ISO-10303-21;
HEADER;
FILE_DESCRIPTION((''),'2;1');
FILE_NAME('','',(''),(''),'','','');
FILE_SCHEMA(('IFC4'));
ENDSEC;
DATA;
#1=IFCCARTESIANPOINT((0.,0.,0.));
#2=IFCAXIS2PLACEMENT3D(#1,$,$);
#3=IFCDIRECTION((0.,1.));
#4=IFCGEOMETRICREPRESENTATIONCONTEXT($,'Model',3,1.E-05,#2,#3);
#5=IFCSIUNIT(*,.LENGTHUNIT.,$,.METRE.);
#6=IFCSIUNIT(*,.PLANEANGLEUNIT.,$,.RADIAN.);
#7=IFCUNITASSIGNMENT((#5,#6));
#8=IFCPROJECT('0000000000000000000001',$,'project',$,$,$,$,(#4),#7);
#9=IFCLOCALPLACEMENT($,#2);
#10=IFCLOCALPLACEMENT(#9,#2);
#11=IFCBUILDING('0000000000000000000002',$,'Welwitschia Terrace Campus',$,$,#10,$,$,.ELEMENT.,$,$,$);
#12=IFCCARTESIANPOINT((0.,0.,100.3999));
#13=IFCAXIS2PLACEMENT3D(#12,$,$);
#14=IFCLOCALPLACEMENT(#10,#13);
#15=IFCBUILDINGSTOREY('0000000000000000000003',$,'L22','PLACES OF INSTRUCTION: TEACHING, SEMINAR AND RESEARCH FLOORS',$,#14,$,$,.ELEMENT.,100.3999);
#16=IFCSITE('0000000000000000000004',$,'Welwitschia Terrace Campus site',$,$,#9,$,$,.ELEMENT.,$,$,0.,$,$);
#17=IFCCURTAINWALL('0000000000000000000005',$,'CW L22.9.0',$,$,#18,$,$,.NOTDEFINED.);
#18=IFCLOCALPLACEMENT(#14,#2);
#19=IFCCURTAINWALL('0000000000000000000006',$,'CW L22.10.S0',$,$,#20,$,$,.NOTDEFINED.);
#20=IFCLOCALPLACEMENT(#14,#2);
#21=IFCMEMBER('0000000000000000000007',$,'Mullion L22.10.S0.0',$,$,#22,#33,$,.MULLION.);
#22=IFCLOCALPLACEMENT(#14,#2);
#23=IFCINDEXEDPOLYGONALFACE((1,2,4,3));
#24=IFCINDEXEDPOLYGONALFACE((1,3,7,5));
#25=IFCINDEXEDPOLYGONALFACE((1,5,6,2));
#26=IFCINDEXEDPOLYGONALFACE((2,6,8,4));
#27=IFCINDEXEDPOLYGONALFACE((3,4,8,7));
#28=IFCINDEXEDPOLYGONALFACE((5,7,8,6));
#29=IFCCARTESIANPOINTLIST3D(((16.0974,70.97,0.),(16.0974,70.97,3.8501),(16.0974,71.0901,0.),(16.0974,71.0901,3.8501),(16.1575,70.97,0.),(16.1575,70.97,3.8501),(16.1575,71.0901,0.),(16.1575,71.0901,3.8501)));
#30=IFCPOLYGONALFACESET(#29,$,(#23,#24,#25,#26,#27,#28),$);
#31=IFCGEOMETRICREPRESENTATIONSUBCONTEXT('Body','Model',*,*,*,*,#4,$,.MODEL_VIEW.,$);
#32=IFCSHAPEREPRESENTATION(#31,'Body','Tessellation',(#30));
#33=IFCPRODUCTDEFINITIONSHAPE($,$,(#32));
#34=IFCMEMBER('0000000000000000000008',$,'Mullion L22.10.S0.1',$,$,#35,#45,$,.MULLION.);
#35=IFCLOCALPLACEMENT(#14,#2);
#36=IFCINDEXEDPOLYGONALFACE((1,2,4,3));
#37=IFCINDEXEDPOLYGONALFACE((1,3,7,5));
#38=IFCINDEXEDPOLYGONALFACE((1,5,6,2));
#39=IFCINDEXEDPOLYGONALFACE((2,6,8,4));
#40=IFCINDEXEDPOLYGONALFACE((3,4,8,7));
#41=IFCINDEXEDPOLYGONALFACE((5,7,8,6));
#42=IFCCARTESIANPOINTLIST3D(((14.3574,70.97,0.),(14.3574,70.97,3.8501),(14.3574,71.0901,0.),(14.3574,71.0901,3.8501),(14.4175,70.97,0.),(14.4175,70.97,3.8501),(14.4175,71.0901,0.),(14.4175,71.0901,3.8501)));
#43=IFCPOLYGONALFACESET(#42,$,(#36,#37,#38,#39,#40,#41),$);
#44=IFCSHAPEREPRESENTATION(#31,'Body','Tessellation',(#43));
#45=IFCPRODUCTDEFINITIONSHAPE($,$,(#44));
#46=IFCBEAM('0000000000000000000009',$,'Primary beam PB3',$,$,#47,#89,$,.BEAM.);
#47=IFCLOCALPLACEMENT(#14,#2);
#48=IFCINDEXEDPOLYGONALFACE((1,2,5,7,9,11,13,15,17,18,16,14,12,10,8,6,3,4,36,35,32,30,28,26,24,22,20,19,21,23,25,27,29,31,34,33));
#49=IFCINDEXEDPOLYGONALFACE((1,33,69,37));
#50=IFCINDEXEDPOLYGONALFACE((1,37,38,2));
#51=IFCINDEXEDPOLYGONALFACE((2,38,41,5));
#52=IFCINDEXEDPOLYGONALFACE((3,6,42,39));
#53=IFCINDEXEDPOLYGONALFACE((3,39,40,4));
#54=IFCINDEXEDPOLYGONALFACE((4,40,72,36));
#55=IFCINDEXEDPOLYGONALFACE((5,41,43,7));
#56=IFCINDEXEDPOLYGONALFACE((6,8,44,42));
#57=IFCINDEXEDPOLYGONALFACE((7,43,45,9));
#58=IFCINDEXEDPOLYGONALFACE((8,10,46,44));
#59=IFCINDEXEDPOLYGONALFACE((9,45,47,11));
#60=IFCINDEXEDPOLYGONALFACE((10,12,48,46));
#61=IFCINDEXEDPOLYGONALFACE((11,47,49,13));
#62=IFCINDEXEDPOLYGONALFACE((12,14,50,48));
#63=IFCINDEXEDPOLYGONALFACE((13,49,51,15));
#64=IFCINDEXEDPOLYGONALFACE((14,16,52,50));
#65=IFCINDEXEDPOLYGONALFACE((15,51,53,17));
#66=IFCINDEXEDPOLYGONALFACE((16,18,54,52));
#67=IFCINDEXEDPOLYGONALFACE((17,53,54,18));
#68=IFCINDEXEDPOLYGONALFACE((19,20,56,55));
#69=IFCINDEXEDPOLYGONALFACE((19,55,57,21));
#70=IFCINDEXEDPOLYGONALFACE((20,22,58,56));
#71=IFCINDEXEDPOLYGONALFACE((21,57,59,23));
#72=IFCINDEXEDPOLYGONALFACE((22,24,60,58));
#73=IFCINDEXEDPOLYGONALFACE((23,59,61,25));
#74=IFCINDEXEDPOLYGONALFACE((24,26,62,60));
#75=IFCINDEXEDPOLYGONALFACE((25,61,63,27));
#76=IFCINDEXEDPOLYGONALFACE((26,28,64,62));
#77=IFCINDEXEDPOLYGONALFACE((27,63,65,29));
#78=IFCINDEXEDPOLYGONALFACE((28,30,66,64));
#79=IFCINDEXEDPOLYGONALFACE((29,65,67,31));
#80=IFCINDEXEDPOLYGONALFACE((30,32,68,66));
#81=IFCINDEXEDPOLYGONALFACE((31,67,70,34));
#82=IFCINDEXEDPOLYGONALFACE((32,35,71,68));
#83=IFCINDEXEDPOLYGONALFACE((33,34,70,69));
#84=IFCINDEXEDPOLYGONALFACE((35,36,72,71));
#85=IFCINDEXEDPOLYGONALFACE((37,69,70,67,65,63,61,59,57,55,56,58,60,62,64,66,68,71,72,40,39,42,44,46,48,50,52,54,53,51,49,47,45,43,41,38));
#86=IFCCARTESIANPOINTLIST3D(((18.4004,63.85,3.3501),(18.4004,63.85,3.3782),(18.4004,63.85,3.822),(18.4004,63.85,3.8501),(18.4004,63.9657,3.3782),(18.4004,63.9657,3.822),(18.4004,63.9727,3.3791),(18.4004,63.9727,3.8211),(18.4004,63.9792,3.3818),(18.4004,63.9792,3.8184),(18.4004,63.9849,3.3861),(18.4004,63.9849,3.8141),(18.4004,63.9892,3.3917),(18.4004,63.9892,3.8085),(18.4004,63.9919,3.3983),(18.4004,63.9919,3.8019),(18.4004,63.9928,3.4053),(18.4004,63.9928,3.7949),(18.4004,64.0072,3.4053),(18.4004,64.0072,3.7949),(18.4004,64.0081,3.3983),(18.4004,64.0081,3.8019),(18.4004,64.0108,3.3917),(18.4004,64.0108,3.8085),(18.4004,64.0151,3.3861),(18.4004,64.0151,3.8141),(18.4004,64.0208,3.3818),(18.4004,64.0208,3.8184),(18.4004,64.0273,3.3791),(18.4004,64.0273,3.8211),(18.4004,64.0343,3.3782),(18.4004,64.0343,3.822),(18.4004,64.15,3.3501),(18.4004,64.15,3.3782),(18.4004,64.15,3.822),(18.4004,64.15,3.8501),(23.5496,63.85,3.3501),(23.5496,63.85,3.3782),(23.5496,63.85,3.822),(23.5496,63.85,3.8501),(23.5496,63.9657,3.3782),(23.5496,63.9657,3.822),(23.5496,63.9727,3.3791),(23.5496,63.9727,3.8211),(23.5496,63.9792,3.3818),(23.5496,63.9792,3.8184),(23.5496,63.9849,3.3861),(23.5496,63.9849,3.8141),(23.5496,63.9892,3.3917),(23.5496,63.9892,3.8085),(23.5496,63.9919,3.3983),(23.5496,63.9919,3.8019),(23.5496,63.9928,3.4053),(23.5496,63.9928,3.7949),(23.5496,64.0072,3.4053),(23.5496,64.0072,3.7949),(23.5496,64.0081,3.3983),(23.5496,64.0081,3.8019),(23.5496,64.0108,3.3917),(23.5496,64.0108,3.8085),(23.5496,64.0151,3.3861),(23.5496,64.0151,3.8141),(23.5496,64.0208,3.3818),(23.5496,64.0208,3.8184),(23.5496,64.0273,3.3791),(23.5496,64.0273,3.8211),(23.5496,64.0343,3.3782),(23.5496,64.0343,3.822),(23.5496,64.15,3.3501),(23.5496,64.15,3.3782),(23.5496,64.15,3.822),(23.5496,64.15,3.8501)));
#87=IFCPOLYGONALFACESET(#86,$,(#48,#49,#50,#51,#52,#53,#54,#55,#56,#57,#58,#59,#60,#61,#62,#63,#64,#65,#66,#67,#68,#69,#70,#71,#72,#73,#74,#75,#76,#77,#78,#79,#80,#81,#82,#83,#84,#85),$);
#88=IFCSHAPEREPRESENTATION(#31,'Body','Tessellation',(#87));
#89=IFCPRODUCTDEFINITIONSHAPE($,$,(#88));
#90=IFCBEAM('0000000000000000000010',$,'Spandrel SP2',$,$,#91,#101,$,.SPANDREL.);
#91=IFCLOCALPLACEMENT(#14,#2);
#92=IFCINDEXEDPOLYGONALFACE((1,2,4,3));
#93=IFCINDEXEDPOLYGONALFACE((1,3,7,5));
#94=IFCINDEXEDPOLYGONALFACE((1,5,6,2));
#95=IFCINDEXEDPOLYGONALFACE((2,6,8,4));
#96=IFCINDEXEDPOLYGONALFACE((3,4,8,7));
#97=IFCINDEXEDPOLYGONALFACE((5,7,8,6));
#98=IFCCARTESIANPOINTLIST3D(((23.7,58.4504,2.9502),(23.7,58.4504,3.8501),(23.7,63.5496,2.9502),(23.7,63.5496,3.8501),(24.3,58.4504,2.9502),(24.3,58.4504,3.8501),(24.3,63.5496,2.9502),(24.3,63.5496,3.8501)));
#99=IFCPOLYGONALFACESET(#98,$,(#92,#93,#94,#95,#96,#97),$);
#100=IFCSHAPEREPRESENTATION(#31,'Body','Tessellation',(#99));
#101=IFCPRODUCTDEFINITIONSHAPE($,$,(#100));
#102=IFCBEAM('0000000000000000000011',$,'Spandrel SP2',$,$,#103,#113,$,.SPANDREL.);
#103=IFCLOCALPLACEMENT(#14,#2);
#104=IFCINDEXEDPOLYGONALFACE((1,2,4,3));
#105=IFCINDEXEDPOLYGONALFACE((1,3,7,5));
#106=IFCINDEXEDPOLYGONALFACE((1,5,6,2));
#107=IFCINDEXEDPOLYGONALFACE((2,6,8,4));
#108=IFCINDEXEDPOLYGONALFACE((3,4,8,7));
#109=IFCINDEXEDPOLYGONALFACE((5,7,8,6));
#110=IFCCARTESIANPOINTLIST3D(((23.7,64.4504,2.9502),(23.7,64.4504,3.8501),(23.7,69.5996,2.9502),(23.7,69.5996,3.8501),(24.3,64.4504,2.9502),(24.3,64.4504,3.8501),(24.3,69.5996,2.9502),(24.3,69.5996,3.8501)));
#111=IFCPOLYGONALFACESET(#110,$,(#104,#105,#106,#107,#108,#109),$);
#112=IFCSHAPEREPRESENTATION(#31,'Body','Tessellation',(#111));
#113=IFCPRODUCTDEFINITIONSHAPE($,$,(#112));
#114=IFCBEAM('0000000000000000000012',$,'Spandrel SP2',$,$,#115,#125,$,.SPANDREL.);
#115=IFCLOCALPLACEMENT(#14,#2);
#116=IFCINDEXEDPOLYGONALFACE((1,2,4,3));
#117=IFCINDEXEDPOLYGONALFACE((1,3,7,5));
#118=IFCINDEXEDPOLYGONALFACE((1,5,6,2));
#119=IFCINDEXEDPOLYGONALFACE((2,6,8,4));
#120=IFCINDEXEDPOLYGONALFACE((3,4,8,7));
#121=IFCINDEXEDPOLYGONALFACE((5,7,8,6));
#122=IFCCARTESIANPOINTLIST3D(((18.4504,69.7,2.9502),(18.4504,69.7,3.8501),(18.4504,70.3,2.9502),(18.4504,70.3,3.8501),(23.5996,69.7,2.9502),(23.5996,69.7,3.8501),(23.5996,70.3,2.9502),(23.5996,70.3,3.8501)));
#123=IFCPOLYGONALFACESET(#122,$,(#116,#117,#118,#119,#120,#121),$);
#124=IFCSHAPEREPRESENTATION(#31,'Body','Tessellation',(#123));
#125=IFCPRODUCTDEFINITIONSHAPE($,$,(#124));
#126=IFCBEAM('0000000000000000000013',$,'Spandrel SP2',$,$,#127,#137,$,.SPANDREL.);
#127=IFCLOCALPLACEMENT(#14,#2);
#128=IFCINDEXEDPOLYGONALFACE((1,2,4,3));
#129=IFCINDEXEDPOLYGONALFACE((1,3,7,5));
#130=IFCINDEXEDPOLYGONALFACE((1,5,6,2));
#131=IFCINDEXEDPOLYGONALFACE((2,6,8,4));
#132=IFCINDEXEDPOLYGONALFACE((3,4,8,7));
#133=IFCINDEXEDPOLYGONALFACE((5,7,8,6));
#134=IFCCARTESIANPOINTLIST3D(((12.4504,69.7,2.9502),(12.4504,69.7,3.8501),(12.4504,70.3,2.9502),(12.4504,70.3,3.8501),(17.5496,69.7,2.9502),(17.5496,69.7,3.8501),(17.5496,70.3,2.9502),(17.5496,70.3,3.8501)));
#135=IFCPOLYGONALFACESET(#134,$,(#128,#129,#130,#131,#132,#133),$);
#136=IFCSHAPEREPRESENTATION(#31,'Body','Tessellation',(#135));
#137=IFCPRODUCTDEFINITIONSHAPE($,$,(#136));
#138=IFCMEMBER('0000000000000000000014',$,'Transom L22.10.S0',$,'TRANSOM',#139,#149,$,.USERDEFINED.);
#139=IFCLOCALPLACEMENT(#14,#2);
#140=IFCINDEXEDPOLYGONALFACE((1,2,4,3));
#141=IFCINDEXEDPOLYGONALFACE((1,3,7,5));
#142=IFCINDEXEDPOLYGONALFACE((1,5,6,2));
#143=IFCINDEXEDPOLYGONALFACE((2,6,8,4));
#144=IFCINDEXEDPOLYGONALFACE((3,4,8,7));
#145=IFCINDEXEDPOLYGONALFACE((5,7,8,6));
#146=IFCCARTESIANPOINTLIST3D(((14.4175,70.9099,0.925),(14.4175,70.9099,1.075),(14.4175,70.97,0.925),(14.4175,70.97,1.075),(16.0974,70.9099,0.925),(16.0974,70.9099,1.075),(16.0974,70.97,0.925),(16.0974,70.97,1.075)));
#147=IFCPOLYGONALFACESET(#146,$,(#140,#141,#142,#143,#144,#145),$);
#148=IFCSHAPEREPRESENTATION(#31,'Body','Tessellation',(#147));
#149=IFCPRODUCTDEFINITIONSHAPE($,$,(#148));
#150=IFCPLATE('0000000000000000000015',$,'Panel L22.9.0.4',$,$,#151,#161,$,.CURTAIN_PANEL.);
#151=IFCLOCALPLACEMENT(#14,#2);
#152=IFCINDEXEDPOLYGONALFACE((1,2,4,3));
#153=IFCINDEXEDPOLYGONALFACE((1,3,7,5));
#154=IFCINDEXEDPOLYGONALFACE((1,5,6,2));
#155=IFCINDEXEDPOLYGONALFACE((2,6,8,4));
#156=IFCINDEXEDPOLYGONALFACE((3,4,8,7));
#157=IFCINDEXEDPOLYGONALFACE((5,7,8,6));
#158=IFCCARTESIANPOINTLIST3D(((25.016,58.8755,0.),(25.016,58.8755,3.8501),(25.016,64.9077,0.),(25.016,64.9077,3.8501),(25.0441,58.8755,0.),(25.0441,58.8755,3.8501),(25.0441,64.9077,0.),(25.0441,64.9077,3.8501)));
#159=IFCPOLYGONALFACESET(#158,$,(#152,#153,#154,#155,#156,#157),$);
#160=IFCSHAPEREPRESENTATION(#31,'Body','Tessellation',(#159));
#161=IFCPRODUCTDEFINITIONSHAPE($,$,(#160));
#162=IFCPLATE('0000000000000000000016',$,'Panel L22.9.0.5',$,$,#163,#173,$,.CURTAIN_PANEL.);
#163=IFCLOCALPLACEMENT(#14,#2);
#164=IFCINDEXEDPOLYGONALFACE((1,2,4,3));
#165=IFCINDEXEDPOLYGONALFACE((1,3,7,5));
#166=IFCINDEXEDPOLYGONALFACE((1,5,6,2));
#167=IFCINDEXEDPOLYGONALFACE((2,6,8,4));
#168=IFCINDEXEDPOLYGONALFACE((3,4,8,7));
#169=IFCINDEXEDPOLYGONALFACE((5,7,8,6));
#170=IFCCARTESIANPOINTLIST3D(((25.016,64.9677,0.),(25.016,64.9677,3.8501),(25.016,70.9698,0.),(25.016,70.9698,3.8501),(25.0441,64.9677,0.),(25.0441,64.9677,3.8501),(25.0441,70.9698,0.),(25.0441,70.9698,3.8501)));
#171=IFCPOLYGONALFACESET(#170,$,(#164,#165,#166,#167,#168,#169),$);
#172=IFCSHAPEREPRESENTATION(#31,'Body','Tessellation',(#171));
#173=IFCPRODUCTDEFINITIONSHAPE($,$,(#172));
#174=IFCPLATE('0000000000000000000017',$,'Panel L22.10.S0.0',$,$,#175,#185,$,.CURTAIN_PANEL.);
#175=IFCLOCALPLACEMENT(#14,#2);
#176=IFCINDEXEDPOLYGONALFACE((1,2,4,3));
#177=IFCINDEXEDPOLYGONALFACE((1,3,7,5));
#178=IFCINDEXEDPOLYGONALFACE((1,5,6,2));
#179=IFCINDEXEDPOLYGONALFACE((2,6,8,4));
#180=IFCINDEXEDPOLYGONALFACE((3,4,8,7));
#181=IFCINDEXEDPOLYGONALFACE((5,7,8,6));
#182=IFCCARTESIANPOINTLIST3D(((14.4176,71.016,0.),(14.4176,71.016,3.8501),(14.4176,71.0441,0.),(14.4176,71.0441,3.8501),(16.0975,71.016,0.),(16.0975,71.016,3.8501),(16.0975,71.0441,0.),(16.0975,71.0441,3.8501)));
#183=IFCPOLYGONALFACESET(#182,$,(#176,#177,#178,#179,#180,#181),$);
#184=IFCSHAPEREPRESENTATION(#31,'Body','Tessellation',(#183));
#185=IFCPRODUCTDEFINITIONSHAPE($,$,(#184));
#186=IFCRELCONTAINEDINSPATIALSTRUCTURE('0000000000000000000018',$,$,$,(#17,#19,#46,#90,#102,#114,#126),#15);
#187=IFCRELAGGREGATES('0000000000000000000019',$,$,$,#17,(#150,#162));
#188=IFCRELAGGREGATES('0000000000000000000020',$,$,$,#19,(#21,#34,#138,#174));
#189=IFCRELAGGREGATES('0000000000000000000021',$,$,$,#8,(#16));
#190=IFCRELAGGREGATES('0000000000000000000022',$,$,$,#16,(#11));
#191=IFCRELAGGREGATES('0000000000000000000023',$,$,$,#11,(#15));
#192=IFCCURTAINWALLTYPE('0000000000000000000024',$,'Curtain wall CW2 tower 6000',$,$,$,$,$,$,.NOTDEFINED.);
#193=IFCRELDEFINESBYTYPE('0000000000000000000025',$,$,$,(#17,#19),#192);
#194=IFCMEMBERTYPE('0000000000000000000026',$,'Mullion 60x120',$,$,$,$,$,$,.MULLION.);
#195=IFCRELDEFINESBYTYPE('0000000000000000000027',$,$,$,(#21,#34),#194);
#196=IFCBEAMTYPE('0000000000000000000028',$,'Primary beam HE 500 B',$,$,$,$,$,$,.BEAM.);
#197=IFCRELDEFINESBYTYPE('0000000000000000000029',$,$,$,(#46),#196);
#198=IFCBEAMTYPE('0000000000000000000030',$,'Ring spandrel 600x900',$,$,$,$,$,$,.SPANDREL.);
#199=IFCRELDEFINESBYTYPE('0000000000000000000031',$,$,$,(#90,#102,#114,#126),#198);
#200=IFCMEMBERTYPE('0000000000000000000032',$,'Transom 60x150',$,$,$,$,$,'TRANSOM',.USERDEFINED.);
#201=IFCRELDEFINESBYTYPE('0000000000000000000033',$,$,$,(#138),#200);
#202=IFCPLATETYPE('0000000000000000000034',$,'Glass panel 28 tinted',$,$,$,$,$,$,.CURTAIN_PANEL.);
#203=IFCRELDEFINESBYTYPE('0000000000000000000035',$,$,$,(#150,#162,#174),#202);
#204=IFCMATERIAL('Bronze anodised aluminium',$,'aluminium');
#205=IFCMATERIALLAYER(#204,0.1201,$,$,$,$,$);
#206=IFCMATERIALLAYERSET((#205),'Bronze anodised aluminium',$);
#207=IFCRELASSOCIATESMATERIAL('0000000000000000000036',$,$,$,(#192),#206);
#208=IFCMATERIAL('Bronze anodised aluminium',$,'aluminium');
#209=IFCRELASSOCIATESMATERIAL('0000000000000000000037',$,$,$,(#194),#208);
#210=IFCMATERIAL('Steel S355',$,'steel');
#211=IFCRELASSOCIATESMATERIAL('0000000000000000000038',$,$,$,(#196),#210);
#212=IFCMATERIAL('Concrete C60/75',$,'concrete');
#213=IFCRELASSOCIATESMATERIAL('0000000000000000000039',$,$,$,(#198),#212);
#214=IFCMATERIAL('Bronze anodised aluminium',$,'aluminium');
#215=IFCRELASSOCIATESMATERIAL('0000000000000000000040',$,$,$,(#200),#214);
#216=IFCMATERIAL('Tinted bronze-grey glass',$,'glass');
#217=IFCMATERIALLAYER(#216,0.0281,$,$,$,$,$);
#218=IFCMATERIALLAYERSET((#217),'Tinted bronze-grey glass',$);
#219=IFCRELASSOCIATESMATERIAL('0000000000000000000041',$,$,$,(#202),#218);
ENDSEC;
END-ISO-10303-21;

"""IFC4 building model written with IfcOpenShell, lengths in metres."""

from ifc_helpers import new_model, si_unit, direction, frame, origin, origin_2d, place, context, subcontext, project, spatial, rectangle, i_section, extrude, material, layer, layer_set, material_profile, profile_set, type_object, element, aggregate, save


model = new_model("IFC4")

# Units and contexts
model_context = context("Model", 3, precision=1e-05, world=origin(), true_north=direction((0.0, 1.0)))
body_context = subcontext(model_context, "Body", "Model", "MODEL_VIEW")
ifc_project = project(units=[si_unit("LENGTHUNIT", "METRE"), si_unit("PLANEANGLEUNIT", "RADIAN")], contexts=[model_context])

# Site, building, storey
site_placement = place(None, origin())
site = spatial("IfcSite", under=ifc_project, at=site_placement, Name="Welwitschia Terrace Campus site", CompositionType="ELEMENT", RefElevation=0.0)
building_placement = place(site_placement, origin())
building = spatial("IfcBuilding", under=site, at=building_placement, Name="Welwitschia Terrace Campus", CompositionType="ELEMENT")
storey_placement = place(building_placement, frame((0.0, 0.0, 100.3999)))
storey = spatial("IfcBuildingStorey", under=building, at=storey_placement, Name="L22", Description="PLACES OF INSTRUCTION: TEACHING, SEMINAR AND RESEARCH FLOORS", CompositionType="ELEMENT", Elevation=100.3999)

# Curtain walls, members
ifc_material_1 = material(Name="Bronze anodised aluminium", Category="aluminium")
ifc_layer_1 = layer(ifc_material_1, 0.1201)
ifc_layer_set_1 = layer_set([ifc_layer_1], Name="Bronze anodised aluminium")
curtain_wall_type = type_object("IfcCurtainWallType", Name="Curtain wall CW2 tower 6000", PredefinedType="NOTDEFINED", material=ifc_layer_set_1)
curtain_wall_1_placement = place(storey_placement, origin())
curtain_wall_1 = element("IfcCurtainWall", 1, at=curtain_wall_1_placement, inside=storey, type_object=curtain_wall_type, Name="CW L22.9.0", PredefinedType="NOTDEFINED")
ifc_material_2 = material(Name="Bronze anodised aluminium", Category="aluminium")
ifc_material_profile_1 = material_profile(ifc_material_2, rectangle(XDim=0.1201, YDim=0.0601, at=origin_2d()))
ifc_profile_set_1 = profile_set([ifc_material_profile_1], Name="Bronze anodised aluminium")
member_type_1 = type_object("IfcMemberType", Name="Mullion 60x120", PredefinedType="MULLION", material=ifc_profile_set_1)
curtain_wall_2_placement = place(storey_placement, origin())
curtain_wall_2 = element("IfcCurtainWall", 2, at=curtain_wall_2_placement, inside=storey, type_object=curtain_wall_type, Name="CW L22.10.S0", PredefinedType="NOTDEFINED")
member_1_placement = place(storey_placement, frame((16.1274, 71.03, 0.0), z_axis=(0.0, 0.0, 1.0), x_axis=(0.0, -1.0, 0.0)))
member_1 = element("IfcMember", 3, at=member_1_placement, type_object=member_type_1, Name="Mullion L22.10.S0.0", PredefinedType="MULLION", context=body_context, shape_type="SweptSolid", body=[
    extrude(rectangle(XDim=0.1201, YDim=0.0601, at=origin_2d()), origin(), (0.0, 0.0, 1.0), 3.8501),
])
member_2_placement = place(storey_placement, frame((14.3875, 71.03, 0.0), z_axis=(0.0, 0.0, 1.0), x_axis=(0.0, -1.0, 0.0)))
member_2 = element("IfcMember", 4, at=member_2_placement, type_object=member_type_1, Name="Mullion L22.10.S0.1", PredefinedType="MULLION", context=body_context, shape_type="SweptSolid", body=[
    extrude(rectangle(XDim=0.1201, YDim=0.0601, at=origin_2d()), origin(), (0.0, 0.0, 1.0), 3.8501),
])

# Beams
ifc_material_3 = material(Name="Steel S355", Category="steel")
ifc_material_profile_2 = material_profile(ifc_material_3, i_section(OverallWidth=0.3, OverallDepth=0.5, WebThickness=0.0144, FlangeThickness=0.0281, FilletRadius=0.0271, at=origin_2d()))
ifc_profile_set_2 = profile_set([ifc_material_profile_2], Name="Steel S355")
beam_type_1 = type_object("IfcBeamType", Name="Primary beam HE 500 B", PredefinedType="BEAM", material=ifc_profile_set_2)
beam_1_placement = place(storey_placement, frame((23.5496, 64.0, 3.6001), z_axis=(-1.0, 0.0, 0.0), x_axis=(0.0, -1.0, 0.0)))
element("IfcBeam", 5, at=beam_1_placement, inside=storey, type_object=beam_type_1, Name="Primary beam PB3", PredefinedType="BEAM", context=body_context, shape_type="SweptSolid", body=[
    extrude(i_section(OverallWidth=0.3, OverallDepth=0.5, WebThickness=0.0144, FlangeThickness=0.0281, FilletRadius=0.0271, at=origin_2d()), origin(), (0.0, 0.0, 1.0), 5.1492),
])
ifc_material_4 = material(Name="Concrete C60/75", Category="concrete")
ifc_material_profile_3 = material_profile(ifc_material_4, rectangle(XDim=0.6001, YDim=0.8999, at=origin_2d()))
ifc_profile_set_3 = profile_set([ifc_material_profile_3], Name="Concrete C60/75")
beam_type_2 = type_object("IfcBeamType", Name="Ring spandrel 600x900", PredefinedType="SPANDREL", material=ifc_profile_set_3)
beam_2_placement = place(storey_placement, frame((24.0, 58.4504, 3.4001), z_axis=(0.0, 1.0, 0.0), x_axis=(-1.0, 0.0, 0.0)))
element("IfcBeam", 6, at=beam_2_placement, inside=storey, type_object=beam_type_2, Name="Spandrel SP2", PredefinedType="SPANDREL", context=body_context, shape_type="SweptSolid", body=[
    extrude(rectangle(XDim=0.6001, YDim=0.8999, at=origin_2d()), origin(), (0.0, 0.0, 1.0), 5.0991),
])
for number, where, z_axis, x_axis, name in (
    (7, (24.0, 64.4504, 3.4001), (0.0, 1.0, 0.0), (-1.0, 0.0, 0.0), "Spandrel SP2"),
    (8, (23.5996, 70.0, 3.4001), (-1.0, 0.0, 0.0), (0.0, -1.0, 0.0), "Spandrel SP2"),
):
    element("IfcBeam", number, at=place(storey_placement, frame(where, z_axis=z_axis, x_axis=x_axis)), inside=storey, type_object=beam_type_2, Name=name, PredefinedType="SPANDREL", context=body_context, shape_type="SweptSolid", body=[
        extrude(rectangle(XDim=0.6001, YDim=0.8999, at=origin_2d()), origin(), (0.0, 0.0, 1.0), 5.1492),
    ])
beam_3_placement = place(storey_placement, frame((17.5496, 70.0, 3.4001), z_axis=(-1.0, 0.0, 0.0), x_axis=(0.0, -1.0, 0.0)))
element("IfcBeam", 9, at=beam_3_placement, inside=storey, type_object=beam_type_2, Name="Spandrel SP2", PredefinedType="SPANDREL", context=body_context, shape_type="SweptSolid", body=[
    extrude(rectangle(XDim=0.6001, YDim=0.8999, at=origin_2d()), origin(), (0.0, 0.0, 1.0), 5.0991),
])

# Member
ifc_material_5 = material(Name="Bronze anodised aluminium", Category="aluminium")
ifc_material_profile_4 = material_profile(ifc_material_5, rectangle(XDim=0.0601, YDim=0.1499, at=origin_2d()))
ifc_profile_set_4 = profile_set([ifc_material_profile_4], Name="Bronze anodised aluminium")
member_type_2 = type_object("IfcMemberType", Name="Transom 60x150", ElementType="TRANSOM", PredefinedType="USERDEFINED", material=ifc_profile_set_4)
member_3_placement = place(storey_placement, frame((16.0974, 70.9399, 1.0), z_axis=(-1.0, 0.0, 0.0), x_axis=(0.0, -1.0, 0.0)))
member_3 = element("IfcMember", 10, at=member_3_placement, type_object=member_type_2, Name="Transom L22.10.S0", ObjectType="TRANSOM", PredefinedType="USERDEFINED", context=body_context, shape_type="SweptSolid", body=[
    extrude(rectangle(XDim=0.0601, YDim=0.1499, at=origin_2d()), origin(), (0.0, 0.0, 1.0), 1.6799),
])

# Plates
ifc_material_6 = material(Name="Tinted bronze-grey glass", Category="glass")
ifc_layer_2 = layer(ifc_material_6, 0.0281)
ifc_layer_set_2 = layer_set([ifc_layer_2], Name="Tinted bronze-grey glass")
plate_type = type_object("IfcPlateType", Name="Glass panel 28 tinted", PredefinedType="CURTAIN_PANEL", material=ifc_layer_set_2)
plate_1_placement = place(storey_placement, frame((25.03, 61.8916, 0.0), z_axis=(0.0, 0.0, 1.0), x_axis=(0.0, 1.0, 0.0)))
plate_1 = element("IfcPlate", 11, at=plate_1_placement, type_object=plate_type, Name="Panel L22.9.0.4", PredefinedType="CURTAIN_PANEL", context=body_context, shape_type="SweptSolid", body=[
    extrude(rectangle(XDim=6.0322, YDim=0.0281, at=origin_2d()), origin(), (0.0, 0.0, 1.0), 3.8501),
])
plate_2_placement = place(storey_placement, frame((25.03, 67.9688, 0.0), z_axis=(0.0, 0.0, 1.0), x_axis=(0.0, 1.0, 0.0)))
plate_2 = element("IfcPlate", 12, at=plate_2_placement, type_object=plate_type, Name="Panel L22.9.0.5", PredefinedType="CURTAIN_PANEL", context=body_context, shape_type="SweptSolid", body=[
    extrude(rectangle(XDim=6.0022, YDim=0.0281, at=origin_2d()), origin(), (0.0, 0.0, 1.0), 3.8501),
])
aggregate(curtain_wall_1, [plate_1, plate_2])
plate_3_placement = place(storey_placement, frame((15.2576, 71.03, 0.0), z_axis=(0.0, 0.0, 1.0), x_axis=(-1.0, 0.0, 0.0)))
plate_3 = element("IfcPlate", 13, at=plate_3_placement, type_object=plate_type, Name="Panel L22.10.S0.0", PredefinedType="CURTAIN_PANEL", context=body_context, shape_type="SweptSolid", body=[
    extrude(rectangle(XDim=1.6799, YDim=0.0281, at=origin_2d()), origin(), (0.0, 0.0, 1.0), 3.8501),
])
aggregate(curtain_wall_2, [member_1, member_2, member_3, plate_3])

save(model, "model.ifc")
